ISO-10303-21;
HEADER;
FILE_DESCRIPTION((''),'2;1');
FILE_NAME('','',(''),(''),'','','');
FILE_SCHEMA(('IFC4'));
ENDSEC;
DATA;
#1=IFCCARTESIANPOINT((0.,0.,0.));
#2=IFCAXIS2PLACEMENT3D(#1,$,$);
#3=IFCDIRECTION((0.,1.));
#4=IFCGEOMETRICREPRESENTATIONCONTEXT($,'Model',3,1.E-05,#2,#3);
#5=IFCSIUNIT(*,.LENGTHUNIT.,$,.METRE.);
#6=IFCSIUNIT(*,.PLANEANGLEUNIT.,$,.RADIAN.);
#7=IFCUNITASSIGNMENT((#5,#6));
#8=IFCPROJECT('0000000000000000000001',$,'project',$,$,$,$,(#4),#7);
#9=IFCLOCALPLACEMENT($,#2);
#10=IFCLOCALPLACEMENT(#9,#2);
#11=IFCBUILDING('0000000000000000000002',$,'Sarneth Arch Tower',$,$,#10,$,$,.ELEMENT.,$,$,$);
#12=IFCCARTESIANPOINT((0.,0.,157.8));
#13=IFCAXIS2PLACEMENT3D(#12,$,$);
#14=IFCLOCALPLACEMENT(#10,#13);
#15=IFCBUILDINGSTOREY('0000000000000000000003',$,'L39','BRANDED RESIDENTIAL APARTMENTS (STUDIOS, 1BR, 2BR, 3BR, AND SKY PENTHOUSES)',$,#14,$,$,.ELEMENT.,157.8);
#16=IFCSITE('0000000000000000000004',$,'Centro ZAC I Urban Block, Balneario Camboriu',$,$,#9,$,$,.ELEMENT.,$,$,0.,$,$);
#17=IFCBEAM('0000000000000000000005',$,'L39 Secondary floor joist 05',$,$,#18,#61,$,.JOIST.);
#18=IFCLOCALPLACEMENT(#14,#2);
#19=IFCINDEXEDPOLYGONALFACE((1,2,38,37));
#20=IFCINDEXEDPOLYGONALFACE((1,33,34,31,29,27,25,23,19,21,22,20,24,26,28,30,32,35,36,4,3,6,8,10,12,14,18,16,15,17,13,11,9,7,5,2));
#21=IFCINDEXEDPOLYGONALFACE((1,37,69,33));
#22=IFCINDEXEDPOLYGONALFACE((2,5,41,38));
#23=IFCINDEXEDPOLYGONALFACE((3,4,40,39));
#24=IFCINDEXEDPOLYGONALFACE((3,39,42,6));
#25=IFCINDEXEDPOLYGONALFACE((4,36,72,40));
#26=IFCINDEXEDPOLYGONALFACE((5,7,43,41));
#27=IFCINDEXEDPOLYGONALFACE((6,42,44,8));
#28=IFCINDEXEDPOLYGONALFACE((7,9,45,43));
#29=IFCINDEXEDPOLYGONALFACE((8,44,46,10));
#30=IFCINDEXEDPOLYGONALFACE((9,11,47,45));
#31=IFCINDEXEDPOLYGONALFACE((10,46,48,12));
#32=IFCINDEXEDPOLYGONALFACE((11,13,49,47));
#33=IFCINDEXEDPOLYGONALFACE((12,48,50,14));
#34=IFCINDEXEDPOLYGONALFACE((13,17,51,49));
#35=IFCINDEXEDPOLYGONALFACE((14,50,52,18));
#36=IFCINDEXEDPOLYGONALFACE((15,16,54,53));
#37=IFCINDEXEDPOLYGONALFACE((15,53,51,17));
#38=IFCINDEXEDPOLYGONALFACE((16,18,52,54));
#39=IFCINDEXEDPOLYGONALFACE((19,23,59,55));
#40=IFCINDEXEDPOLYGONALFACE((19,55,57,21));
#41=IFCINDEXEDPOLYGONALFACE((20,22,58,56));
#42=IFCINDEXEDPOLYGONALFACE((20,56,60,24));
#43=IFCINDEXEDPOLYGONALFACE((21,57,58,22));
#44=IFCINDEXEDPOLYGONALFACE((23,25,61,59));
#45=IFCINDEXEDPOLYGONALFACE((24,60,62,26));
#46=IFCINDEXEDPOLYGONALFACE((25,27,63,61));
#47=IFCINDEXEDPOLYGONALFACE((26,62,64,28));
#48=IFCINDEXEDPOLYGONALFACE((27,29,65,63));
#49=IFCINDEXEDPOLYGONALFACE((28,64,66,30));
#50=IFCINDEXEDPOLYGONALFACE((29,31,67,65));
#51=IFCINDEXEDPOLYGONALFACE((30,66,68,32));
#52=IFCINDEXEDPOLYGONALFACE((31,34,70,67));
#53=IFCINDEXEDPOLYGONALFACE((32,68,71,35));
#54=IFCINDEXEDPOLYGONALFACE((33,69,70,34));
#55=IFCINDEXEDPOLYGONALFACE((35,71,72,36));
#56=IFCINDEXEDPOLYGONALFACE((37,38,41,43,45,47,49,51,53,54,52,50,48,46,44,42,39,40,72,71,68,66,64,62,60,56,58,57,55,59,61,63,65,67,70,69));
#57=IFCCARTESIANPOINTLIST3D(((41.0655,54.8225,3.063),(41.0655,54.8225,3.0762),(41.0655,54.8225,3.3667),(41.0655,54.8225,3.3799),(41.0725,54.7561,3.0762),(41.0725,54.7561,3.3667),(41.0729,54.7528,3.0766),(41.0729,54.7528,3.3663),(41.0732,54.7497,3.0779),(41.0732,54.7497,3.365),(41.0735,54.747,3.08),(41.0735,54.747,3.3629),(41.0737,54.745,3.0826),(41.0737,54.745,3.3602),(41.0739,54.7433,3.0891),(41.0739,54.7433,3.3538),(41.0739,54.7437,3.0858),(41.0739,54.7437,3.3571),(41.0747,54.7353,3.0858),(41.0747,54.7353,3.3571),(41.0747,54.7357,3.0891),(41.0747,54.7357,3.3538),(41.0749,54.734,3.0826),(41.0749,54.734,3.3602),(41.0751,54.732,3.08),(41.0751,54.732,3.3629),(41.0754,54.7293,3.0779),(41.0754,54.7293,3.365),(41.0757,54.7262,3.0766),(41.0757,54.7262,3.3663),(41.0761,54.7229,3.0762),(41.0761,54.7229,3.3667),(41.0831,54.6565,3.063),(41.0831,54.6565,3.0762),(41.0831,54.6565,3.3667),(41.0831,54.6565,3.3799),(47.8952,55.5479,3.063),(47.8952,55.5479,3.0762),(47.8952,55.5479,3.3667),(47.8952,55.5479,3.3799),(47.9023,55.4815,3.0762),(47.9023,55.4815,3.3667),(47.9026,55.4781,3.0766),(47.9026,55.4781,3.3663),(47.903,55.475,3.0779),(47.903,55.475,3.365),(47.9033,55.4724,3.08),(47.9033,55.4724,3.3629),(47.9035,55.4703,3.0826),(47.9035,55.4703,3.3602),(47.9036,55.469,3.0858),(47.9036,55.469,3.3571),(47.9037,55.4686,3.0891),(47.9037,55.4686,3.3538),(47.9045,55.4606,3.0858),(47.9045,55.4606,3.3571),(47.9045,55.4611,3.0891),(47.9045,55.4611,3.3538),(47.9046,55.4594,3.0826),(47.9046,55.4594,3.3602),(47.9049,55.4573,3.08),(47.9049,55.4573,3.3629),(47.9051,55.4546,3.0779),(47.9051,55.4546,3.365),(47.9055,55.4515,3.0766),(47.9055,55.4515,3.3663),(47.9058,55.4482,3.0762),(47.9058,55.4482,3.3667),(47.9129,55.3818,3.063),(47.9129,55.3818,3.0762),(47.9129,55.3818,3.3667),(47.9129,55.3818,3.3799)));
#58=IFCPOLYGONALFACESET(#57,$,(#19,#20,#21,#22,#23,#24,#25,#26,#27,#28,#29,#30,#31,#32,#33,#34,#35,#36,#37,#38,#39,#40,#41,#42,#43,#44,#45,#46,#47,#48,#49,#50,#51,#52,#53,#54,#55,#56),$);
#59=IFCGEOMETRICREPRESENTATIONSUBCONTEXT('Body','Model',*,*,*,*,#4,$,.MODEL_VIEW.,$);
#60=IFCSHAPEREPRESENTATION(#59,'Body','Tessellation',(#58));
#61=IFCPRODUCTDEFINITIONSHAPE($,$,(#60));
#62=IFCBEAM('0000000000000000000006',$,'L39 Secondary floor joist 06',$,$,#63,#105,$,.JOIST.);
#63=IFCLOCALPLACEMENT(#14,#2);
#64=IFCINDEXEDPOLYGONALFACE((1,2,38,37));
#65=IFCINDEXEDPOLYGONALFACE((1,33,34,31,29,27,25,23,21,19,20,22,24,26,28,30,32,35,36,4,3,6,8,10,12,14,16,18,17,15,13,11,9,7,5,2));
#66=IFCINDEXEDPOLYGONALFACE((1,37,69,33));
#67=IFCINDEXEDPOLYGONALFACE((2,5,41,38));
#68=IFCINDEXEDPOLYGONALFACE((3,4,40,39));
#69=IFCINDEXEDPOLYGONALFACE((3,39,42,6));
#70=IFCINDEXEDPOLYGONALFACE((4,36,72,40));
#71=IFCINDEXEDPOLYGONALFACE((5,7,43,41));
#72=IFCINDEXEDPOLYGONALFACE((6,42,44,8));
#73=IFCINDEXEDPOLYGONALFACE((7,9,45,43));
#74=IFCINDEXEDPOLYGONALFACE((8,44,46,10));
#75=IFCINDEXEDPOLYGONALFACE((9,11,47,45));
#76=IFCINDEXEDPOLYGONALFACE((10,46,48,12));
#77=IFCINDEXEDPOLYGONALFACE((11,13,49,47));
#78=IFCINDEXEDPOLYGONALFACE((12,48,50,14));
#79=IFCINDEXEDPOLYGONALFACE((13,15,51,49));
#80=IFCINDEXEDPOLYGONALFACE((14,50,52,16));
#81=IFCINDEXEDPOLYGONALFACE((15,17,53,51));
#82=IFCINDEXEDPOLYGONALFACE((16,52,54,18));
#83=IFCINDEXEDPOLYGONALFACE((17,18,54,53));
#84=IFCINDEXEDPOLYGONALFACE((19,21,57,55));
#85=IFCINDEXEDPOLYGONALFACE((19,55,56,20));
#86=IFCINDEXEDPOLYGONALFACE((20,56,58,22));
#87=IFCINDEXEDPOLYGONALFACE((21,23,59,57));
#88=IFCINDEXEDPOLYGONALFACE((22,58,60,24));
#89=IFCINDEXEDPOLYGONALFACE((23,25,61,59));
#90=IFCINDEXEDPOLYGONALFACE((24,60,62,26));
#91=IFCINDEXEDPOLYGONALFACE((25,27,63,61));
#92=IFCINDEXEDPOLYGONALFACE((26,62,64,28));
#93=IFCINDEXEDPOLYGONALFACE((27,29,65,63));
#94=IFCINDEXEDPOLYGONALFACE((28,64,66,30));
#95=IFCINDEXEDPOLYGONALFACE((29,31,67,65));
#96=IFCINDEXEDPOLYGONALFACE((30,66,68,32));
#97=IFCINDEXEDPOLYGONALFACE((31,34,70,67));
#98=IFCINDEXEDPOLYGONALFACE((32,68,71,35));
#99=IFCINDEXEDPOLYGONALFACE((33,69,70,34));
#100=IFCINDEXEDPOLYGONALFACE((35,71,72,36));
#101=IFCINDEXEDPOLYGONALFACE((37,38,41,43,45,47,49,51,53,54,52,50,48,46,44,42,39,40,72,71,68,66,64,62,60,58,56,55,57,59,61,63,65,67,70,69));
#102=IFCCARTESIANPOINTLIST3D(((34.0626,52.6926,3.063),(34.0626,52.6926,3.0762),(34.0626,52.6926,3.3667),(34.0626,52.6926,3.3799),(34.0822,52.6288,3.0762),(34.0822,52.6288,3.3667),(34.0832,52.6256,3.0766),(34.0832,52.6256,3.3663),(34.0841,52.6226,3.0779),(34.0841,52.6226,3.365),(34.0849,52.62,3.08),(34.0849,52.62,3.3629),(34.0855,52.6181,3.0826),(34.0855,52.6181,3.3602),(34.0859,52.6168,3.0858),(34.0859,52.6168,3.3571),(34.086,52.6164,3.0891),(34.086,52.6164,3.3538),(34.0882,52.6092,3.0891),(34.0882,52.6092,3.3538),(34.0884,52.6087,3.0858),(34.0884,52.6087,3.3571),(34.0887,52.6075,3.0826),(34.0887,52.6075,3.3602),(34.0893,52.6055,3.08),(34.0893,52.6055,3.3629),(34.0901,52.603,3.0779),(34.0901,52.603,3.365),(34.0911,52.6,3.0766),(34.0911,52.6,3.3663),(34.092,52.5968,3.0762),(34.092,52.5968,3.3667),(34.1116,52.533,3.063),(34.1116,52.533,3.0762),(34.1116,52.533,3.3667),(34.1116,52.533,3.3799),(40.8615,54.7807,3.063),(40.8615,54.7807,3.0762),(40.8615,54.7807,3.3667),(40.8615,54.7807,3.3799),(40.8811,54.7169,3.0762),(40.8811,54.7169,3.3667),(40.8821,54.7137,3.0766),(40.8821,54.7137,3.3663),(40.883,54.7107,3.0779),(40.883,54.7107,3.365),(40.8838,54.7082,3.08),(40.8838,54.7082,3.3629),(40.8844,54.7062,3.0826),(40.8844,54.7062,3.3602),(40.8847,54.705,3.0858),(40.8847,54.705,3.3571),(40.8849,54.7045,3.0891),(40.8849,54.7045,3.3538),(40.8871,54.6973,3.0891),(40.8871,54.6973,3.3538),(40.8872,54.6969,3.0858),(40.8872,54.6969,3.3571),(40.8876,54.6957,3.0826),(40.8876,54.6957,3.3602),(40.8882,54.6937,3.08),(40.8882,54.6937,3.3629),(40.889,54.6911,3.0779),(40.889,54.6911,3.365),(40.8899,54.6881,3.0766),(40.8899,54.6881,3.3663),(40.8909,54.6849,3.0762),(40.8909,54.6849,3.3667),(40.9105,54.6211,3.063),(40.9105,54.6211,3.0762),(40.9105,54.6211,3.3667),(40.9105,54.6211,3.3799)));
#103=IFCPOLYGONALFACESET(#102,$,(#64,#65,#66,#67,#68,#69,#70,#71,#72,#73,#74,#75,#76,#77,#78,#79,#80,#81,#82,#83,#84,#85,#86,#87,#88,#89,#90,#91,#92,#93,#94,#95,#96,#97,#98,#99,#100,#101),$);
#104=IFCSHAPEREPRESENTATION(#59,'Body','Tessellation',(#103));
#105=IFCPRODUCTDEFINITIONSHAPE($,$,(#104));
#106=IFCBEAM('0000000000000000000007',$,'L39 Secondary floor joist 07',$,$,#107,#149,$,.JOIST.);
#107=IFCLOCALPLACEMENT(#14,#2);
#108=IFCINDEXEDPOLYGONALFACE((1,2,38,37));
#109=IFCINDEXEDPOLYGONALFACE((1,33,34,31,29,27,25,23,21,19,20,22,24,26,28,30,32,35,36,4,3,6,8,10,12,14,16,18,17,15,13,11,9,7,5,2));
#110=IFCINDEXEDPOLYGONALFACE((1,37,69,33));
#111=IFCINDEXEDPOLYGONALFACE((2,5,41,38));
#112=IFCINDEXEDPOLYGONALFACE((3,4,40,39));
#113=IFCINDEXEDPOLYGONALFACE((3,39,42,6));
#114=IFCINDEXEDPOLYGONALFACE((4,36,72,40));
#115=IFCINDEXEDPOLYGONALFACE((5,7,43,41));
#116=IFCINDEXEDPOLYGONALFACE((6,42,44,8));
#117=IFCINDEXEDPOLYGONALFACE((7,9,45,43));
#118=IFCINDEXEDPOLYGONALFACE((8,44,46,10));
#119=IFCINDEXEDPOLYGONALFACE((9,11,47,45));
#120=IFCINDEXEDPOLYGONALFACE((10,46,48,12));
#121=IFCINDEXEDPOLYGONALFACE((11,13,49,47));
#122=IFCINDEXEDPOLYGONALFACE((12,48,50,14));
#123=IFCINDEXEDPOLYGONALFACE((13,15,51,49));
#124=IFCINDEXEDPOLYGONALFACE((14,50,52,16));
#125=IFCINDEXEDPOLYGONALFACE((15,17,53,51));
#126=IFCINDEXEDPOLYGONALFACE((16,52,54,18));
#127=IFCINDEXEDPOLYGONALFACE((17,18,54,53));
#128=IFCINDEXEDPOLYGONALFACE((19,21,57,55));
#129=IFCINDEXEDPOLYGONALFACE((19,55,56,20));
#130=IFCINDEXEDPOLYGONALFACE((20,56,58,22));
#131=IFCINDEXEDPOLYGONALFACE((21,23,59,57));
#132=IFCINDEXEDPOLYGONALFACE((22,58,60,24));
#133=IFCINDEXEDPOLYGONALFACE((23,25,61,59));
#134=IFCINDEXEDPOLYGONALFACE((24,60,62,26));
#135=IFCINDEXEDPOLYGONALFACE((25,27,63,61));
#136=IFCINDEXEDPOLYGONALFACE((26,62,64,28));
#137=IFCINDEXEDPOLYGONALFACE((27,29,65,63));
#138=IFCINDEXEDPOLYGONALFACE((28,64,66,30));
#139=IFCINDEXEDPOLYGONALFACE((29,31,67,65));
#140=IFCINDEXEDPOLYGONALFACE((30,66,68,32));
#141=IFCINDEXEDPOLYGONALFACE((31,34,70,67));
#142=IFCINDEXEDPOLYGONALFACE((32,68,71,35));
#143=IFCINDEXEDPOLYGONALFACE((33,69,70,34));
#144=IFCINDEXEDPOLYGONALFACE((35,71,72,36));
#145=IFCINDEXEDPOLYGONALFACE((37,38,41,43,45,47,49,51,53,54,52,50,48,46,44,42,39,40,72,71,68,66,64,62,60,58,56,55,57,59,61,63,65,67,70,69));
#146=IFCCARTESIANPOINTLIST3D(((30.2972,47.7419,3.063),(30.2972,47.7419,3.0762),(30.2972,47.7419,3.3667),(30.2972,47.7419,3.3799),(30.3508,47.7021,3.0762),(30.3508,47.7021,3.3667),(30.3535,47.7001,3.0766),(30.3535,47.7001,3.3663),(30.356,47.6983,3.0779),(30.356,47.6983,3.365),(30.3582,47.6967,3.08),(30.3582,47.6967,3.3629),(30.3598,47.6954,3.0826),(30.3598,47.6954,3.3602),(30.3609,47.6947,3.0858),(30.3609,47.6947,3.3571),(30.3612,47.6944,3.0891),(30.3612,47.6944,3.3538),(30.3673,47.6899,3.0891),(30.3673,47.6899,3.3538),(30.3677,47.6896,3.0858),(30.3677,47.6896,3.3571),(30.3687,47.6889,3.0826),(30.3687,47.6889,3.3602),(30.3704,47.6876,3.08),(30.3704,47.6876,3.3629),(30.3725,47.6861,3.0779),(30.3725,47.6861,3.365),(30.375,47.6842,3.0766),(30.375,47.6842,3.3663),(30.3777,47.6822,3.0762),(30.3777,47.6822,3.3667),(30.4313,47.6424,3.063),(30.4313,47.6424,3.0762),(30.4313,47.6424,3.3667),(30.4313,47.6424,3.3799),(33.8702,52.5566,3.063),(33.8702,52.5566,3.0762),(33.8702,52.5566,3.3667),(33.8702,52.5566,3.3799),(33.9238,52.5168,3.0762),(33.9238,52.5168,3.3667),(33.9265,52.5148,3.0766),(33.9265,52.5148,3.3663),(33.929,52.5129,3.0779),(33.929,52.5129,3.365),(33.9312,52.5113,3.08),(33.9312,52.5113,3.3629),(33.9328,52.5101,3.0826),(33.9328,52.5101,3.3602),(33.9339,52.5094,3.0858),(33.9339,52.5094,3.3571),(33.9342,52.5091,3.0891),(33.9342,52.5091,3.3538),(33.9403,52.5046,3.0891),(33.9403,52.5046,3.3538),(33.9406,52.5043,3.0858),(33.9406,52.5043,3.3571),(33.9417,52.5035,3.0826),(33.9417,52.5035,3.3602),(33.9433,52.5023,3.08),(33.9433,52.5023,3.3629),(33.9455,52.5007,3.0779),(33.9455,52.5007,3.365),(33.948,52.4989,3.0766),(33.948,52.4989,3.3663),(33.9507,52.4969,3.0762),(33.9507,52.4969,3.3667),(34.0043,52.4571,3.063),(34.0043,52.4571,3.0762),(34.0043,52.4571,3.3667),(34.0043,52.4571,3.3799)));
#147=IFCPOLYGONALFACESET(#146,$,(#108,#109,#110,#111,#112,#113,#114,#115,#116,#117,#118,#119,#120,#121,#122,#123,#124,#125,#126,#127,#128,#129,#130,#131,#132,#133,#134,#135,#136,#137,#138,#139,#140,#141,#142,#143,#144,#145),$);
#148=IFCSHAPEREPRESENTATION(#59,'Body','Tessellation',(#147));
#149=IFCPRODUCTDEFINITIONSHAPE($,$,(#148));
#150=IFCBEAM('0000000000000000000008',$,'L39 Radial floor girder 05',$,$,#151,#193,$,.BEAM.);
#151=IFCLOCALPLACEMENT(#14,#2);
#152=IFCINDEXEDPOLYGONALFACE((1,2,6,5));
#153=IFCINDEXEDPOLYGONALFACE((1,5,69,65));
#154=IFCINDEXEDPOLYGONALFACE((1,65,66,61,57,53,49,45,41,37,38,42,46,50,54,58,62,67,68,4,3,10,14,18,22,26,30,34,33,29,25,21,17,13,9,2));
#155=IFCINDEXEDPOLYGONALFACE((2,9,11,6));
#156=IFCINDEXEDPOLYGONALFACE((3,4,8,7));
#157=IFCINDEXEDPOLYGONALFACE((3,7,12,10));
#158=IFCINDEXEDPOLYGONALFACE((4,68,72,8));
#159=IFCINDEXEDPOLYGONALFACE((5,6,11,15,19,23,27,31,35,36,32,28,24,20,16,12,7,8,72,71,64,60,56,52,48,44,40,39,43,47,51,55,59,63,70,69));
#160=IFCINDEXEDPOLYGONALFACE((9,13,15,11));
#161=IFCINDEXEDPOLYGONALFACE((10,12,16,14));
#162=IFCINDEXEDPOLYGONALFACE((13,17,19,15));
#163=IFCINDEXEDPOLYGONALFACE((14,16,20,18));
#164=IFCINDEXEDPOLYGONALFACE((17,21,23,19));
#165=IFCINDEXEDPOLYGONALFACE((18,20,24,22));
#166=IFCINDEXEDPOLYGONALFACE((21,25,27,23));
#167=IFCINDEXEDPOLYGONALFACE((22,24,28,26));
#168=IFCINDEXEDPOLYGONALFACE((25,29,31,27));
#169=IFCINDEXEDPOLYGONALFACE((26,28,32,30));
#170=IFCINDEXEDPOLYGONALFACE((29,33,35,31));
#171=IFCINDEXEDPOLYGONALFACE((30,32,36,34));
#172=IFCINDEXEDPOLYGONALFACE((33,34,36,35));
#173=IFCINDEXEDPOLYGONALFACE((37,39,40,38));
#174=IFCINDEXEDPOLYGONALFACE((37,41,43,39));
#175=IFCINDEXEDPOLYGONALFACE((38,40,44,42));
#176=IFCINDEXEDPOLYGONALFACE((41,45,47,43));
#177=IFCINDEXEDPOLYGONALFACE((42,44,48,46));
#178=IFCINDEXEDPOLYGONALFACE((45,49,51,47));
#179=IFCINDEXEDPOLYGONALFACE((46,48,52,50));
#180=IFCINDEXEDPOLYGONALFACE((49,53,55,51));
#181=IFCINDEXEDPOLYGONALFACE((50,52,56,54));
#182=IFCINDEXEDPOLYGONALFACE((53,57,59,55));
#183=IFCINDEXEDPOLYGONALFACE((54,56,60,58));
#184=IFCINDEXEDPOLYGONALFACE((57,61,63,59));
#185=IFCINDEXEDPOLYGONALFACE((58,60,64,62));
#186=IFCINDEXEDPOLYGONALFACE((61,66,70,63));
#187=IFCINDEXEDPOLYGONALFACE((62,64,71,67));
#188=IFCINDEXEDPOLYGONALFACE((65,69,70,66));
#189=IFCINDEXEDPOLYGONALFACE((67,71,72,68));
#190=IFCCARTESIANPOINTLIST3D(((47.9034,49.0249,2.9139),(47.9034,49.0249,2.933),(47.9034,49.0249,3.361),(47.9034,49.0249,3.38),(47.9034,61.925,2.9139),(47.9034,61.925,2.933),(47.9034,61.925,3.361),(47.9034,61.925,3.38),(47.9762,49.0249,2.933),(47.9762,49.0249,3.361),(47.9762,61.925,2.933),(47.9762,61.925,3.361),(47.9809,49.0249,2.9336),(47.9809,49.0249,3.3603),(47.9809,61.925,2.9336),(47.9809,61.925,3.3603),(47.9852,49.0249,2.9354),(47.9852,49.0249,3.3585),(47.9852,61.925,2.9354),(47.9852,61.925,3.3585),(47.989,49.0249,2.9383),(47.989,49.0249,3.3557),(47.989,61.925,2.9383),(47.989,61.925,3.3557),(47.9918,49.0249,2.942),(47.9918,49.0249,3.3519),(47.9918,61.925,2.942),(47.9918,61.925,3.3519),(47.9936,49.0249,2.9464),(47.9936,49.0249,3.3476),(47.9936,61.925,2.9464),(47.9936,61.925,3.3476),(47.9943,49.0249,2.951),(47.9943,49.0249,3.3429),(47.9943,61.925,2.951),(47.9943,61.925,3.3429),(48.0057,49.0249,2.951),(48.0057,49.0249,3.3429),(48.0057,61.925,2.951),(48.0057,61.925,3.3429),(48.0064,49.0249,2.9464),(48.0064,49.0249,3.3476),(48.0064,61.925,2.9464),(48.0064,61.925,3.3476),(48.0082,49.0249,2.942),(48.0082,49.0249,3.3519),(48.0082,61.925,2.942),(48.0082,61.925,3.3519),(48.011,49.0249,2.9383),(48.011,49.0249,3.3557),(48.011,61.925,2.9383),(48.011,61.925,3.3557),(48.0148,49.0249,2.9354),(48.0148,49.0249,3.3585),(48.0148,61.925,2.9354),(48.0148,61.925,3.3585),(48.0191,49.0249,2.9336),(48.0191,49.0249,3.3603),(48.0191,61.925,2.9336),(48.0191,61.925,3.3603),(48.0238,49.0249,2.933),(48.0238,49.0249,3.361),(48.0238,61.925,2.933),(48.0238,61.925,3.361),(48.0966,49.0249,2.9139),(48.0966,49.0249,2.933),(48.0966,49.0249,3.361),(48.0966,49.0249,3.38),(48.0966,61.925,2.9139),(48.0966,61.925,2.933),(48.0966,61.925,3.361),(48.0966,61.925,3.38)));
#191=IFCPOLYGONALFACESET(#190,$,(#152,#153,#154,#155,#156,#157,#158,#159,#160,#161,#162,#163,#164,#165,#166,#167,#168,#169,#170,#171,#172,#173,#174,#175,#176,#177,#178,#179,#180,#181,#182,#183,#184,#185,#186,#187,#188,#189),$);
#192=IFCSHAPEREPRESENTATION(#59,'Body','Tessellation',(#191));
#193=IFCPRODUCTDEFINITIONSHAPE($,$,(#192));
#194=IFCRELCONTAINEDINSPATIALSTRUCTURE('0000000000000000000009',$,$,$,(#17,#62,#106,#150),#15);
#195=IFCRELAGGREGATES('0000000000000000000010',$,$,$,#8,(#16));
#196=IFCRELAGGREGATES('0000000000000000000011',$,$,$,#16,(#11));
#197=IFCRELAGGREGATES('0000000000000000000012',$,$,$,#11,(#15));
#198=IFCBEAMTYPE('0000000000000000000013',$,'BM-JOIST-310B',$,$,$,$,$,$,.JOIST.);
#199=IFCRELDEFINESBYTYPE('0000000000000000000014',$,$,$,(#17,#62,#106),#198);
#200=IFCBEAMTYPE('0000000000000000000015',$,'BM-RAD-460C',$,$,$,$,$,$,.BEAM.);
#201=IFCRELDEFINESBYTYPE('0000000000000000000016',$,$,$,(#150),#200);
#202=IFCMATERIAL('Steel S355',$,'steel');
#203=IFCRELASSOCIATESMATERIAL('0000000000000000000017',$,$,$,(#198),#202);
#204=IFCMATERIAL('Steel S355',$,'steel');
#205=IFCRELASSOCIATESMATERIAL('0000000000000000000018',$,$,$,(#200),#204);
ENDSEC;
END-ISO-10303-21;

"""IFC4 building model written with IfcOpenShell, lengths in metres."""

from ifc_helpers import new_model, si_unit, direction, frame, origin, origin_2d, place, context, subcontext, project, spatial, i_section, extrude, material, material_profile, profile_set, type_object, element, save


model = new_model("IFC4")

# Units and contexts
model_context = context("Model", 3, precision=1e-05, world=origin(), true_north=direction((0.0, 1.0)))
body_context = subcontext(model_context, "Body", "Model", "MODEL_VIEW")
ifc_project = project(units=[si_unit("LENGTHUNIT", "METRE"), si_unit("PLANEANGLEUNIT", "RADIAN")], contexts=[model_context])

# Site, building, storey
site_placement = place(None, origin())
site = spatial("IfcSite", under=ifc_project, at=site_placement, Name="Centro ZAC I Urban Block, Balneario Camboriu", CompositionType="ELEMENT", RefElevation=0.0)
building_placement = place(site_placement, origin())
building = spatial("IfcBuilding", under=site, at=building_placement, Name="Sarneth Arch Tower", CompositionType="ELEMENT")
storey_placement = place(building_placement, frame((0.0, 0.0, 157.8)))
storey = spatial("IfcBuildingStorey", under=building, at=storey_placement, Name="L39", Description="BRANDED RESIDENTIAL APARTMENTS (STUDIOS, 1BR, 2BR, 3BR, AND SKY PENTHOUSES)", CompositionType="ELEMENT", Elevation=157.8)

# Beams
ifc_material_1 = material(Name="Steel S355", Category="steel")
ifc_material_profile_1 = material_profile(ifc_material_1, i_section(OverallWidth=0.167, OverallDepth=0.3169, WebThickness=0.0076, FlangeThickness=0.0132, FilletRadius=0.0129, at=origin_2d()), Name="W310x52")
ifc_profile_set_1 = profile_set([ifc_material_profile_1], Name="Steel S355")
beam_type_1 = type_object("IfcBeamType", Name="BM-JOIST-310B", PredefinedType="JOIST", material=ifc_profile_set_1)
beam_1_placement = place(storey_placement, frame((47.9041, 55.4648, 3.2214), z_axis=(-0.994408, -0.105608, 0.0), x_axis=(0.105608, -0.994408, 0.0)))
element("IfcBeam", 1, at=beam_1_placement, inside=storey, type_object=beam_type_1, Name="L39 Secondary floor joist 05", PredefinedType="JOIST", context=body_context, shape_type="SweptSolid", body=[
    extrude(i_section(OverallWidth=0.167, OverallDepth=0.3169, WebThickness=0.0076, FlangeThickness=0.0132, FilletRadius=0.0129, at=origin_2d()), origin(), (0.0, 0.0, 1.0), 6.8682),
])
beam_2_placement = place(storey_placement, frame((40.886, 54.7009, 3.2214), z_axis=(-0.95593, -0.293596, 0.0), x_axis=(0.293596, -0.95593, 0.0)))
element("IfcBeam", 2, at=beam_2_placement, inside=storey, type_object=beam_type_1, Name="L39 Secondary floor joist 06", PredefinedType="JOIST", context=body_context, shape_type="SweptSolid", body=[
    extrude(i_section(OverallWidth=0.167, OverallDepth=0.3169, WebThickness=0.0076, FlangeThickness=0.0132, FilletRadius=0.0129, at=origin_2d()), origin(), (0.0, 0.0, 1.0), 7.1123),
])
beam_3_placement = place(storey_placement, frame((33.9373, 52.5068, 3.2214), z_axis=(-0.595933, -0.803034, 0.0), x_axis=(0.803034, -0.595933, 0.0)))
element("IfcBeam", 3, at=beam_3_placement, inside=storey, type_object=beam_type_1, Name="L39 Secondary floor joist 07", PredefinedType="JOIST", context=body_context, shape_type="SweptSolid", body=[
    extrude(i_section(OverallWidth=0.167, OverallDepth=0.3169, WebThickness=0.0076, FlangeThickness=0.0132, FilletRadius=0.0129, at=origin_2d()), origin(), (0.0, 0.0, 1.0), 5.9956),
])
ifc_material_2 = material(Name="Steel S355", Category="steel")
ifc_material_profile_2 = material_profile(ifc_material_2, i_section(OverallWidth=0.1931, OverallDepth=0.4661, WebThickness=0.0115, FlangeThickness=0.019, FilletRadius=0.0181, at=origin_2d()), Name="W460x97")
ifc_profile_set_2 = profile_set([ifc_material_profile_2], Name="Steel S355")
beam_type_2 = type_object("IfcBeamType", Name="BM-RAD-460C", PredefinedType="BEAM", material=ifc_profile_set_2)
beam_4_placement = place(storey_placement, frame((48.0, 49.0249, 3.147), z_axis=(0.0, 1.0, 0.0), x_axis=(-1.0, 0.0, 0.0)))
element("IfcBeam", 4, at=beam_4_placement, inside=storey, type_object=beam_type_2, Name="L39 Radial floor girder 05", PredefinedType="BEAM", context=body_context, shape_type="SweptSolid", body=[
    extrude(i_section(OverallWidth=0.1931, OverallDepth=0.4661, WebThickness=0.0115, FlangeThickness=0.019, FilletRadius=0.0181, at=origin_2d()), origin(), (0.0, 0.0, 1.0), 12.9001),
])

save(model, "model.ifc")
